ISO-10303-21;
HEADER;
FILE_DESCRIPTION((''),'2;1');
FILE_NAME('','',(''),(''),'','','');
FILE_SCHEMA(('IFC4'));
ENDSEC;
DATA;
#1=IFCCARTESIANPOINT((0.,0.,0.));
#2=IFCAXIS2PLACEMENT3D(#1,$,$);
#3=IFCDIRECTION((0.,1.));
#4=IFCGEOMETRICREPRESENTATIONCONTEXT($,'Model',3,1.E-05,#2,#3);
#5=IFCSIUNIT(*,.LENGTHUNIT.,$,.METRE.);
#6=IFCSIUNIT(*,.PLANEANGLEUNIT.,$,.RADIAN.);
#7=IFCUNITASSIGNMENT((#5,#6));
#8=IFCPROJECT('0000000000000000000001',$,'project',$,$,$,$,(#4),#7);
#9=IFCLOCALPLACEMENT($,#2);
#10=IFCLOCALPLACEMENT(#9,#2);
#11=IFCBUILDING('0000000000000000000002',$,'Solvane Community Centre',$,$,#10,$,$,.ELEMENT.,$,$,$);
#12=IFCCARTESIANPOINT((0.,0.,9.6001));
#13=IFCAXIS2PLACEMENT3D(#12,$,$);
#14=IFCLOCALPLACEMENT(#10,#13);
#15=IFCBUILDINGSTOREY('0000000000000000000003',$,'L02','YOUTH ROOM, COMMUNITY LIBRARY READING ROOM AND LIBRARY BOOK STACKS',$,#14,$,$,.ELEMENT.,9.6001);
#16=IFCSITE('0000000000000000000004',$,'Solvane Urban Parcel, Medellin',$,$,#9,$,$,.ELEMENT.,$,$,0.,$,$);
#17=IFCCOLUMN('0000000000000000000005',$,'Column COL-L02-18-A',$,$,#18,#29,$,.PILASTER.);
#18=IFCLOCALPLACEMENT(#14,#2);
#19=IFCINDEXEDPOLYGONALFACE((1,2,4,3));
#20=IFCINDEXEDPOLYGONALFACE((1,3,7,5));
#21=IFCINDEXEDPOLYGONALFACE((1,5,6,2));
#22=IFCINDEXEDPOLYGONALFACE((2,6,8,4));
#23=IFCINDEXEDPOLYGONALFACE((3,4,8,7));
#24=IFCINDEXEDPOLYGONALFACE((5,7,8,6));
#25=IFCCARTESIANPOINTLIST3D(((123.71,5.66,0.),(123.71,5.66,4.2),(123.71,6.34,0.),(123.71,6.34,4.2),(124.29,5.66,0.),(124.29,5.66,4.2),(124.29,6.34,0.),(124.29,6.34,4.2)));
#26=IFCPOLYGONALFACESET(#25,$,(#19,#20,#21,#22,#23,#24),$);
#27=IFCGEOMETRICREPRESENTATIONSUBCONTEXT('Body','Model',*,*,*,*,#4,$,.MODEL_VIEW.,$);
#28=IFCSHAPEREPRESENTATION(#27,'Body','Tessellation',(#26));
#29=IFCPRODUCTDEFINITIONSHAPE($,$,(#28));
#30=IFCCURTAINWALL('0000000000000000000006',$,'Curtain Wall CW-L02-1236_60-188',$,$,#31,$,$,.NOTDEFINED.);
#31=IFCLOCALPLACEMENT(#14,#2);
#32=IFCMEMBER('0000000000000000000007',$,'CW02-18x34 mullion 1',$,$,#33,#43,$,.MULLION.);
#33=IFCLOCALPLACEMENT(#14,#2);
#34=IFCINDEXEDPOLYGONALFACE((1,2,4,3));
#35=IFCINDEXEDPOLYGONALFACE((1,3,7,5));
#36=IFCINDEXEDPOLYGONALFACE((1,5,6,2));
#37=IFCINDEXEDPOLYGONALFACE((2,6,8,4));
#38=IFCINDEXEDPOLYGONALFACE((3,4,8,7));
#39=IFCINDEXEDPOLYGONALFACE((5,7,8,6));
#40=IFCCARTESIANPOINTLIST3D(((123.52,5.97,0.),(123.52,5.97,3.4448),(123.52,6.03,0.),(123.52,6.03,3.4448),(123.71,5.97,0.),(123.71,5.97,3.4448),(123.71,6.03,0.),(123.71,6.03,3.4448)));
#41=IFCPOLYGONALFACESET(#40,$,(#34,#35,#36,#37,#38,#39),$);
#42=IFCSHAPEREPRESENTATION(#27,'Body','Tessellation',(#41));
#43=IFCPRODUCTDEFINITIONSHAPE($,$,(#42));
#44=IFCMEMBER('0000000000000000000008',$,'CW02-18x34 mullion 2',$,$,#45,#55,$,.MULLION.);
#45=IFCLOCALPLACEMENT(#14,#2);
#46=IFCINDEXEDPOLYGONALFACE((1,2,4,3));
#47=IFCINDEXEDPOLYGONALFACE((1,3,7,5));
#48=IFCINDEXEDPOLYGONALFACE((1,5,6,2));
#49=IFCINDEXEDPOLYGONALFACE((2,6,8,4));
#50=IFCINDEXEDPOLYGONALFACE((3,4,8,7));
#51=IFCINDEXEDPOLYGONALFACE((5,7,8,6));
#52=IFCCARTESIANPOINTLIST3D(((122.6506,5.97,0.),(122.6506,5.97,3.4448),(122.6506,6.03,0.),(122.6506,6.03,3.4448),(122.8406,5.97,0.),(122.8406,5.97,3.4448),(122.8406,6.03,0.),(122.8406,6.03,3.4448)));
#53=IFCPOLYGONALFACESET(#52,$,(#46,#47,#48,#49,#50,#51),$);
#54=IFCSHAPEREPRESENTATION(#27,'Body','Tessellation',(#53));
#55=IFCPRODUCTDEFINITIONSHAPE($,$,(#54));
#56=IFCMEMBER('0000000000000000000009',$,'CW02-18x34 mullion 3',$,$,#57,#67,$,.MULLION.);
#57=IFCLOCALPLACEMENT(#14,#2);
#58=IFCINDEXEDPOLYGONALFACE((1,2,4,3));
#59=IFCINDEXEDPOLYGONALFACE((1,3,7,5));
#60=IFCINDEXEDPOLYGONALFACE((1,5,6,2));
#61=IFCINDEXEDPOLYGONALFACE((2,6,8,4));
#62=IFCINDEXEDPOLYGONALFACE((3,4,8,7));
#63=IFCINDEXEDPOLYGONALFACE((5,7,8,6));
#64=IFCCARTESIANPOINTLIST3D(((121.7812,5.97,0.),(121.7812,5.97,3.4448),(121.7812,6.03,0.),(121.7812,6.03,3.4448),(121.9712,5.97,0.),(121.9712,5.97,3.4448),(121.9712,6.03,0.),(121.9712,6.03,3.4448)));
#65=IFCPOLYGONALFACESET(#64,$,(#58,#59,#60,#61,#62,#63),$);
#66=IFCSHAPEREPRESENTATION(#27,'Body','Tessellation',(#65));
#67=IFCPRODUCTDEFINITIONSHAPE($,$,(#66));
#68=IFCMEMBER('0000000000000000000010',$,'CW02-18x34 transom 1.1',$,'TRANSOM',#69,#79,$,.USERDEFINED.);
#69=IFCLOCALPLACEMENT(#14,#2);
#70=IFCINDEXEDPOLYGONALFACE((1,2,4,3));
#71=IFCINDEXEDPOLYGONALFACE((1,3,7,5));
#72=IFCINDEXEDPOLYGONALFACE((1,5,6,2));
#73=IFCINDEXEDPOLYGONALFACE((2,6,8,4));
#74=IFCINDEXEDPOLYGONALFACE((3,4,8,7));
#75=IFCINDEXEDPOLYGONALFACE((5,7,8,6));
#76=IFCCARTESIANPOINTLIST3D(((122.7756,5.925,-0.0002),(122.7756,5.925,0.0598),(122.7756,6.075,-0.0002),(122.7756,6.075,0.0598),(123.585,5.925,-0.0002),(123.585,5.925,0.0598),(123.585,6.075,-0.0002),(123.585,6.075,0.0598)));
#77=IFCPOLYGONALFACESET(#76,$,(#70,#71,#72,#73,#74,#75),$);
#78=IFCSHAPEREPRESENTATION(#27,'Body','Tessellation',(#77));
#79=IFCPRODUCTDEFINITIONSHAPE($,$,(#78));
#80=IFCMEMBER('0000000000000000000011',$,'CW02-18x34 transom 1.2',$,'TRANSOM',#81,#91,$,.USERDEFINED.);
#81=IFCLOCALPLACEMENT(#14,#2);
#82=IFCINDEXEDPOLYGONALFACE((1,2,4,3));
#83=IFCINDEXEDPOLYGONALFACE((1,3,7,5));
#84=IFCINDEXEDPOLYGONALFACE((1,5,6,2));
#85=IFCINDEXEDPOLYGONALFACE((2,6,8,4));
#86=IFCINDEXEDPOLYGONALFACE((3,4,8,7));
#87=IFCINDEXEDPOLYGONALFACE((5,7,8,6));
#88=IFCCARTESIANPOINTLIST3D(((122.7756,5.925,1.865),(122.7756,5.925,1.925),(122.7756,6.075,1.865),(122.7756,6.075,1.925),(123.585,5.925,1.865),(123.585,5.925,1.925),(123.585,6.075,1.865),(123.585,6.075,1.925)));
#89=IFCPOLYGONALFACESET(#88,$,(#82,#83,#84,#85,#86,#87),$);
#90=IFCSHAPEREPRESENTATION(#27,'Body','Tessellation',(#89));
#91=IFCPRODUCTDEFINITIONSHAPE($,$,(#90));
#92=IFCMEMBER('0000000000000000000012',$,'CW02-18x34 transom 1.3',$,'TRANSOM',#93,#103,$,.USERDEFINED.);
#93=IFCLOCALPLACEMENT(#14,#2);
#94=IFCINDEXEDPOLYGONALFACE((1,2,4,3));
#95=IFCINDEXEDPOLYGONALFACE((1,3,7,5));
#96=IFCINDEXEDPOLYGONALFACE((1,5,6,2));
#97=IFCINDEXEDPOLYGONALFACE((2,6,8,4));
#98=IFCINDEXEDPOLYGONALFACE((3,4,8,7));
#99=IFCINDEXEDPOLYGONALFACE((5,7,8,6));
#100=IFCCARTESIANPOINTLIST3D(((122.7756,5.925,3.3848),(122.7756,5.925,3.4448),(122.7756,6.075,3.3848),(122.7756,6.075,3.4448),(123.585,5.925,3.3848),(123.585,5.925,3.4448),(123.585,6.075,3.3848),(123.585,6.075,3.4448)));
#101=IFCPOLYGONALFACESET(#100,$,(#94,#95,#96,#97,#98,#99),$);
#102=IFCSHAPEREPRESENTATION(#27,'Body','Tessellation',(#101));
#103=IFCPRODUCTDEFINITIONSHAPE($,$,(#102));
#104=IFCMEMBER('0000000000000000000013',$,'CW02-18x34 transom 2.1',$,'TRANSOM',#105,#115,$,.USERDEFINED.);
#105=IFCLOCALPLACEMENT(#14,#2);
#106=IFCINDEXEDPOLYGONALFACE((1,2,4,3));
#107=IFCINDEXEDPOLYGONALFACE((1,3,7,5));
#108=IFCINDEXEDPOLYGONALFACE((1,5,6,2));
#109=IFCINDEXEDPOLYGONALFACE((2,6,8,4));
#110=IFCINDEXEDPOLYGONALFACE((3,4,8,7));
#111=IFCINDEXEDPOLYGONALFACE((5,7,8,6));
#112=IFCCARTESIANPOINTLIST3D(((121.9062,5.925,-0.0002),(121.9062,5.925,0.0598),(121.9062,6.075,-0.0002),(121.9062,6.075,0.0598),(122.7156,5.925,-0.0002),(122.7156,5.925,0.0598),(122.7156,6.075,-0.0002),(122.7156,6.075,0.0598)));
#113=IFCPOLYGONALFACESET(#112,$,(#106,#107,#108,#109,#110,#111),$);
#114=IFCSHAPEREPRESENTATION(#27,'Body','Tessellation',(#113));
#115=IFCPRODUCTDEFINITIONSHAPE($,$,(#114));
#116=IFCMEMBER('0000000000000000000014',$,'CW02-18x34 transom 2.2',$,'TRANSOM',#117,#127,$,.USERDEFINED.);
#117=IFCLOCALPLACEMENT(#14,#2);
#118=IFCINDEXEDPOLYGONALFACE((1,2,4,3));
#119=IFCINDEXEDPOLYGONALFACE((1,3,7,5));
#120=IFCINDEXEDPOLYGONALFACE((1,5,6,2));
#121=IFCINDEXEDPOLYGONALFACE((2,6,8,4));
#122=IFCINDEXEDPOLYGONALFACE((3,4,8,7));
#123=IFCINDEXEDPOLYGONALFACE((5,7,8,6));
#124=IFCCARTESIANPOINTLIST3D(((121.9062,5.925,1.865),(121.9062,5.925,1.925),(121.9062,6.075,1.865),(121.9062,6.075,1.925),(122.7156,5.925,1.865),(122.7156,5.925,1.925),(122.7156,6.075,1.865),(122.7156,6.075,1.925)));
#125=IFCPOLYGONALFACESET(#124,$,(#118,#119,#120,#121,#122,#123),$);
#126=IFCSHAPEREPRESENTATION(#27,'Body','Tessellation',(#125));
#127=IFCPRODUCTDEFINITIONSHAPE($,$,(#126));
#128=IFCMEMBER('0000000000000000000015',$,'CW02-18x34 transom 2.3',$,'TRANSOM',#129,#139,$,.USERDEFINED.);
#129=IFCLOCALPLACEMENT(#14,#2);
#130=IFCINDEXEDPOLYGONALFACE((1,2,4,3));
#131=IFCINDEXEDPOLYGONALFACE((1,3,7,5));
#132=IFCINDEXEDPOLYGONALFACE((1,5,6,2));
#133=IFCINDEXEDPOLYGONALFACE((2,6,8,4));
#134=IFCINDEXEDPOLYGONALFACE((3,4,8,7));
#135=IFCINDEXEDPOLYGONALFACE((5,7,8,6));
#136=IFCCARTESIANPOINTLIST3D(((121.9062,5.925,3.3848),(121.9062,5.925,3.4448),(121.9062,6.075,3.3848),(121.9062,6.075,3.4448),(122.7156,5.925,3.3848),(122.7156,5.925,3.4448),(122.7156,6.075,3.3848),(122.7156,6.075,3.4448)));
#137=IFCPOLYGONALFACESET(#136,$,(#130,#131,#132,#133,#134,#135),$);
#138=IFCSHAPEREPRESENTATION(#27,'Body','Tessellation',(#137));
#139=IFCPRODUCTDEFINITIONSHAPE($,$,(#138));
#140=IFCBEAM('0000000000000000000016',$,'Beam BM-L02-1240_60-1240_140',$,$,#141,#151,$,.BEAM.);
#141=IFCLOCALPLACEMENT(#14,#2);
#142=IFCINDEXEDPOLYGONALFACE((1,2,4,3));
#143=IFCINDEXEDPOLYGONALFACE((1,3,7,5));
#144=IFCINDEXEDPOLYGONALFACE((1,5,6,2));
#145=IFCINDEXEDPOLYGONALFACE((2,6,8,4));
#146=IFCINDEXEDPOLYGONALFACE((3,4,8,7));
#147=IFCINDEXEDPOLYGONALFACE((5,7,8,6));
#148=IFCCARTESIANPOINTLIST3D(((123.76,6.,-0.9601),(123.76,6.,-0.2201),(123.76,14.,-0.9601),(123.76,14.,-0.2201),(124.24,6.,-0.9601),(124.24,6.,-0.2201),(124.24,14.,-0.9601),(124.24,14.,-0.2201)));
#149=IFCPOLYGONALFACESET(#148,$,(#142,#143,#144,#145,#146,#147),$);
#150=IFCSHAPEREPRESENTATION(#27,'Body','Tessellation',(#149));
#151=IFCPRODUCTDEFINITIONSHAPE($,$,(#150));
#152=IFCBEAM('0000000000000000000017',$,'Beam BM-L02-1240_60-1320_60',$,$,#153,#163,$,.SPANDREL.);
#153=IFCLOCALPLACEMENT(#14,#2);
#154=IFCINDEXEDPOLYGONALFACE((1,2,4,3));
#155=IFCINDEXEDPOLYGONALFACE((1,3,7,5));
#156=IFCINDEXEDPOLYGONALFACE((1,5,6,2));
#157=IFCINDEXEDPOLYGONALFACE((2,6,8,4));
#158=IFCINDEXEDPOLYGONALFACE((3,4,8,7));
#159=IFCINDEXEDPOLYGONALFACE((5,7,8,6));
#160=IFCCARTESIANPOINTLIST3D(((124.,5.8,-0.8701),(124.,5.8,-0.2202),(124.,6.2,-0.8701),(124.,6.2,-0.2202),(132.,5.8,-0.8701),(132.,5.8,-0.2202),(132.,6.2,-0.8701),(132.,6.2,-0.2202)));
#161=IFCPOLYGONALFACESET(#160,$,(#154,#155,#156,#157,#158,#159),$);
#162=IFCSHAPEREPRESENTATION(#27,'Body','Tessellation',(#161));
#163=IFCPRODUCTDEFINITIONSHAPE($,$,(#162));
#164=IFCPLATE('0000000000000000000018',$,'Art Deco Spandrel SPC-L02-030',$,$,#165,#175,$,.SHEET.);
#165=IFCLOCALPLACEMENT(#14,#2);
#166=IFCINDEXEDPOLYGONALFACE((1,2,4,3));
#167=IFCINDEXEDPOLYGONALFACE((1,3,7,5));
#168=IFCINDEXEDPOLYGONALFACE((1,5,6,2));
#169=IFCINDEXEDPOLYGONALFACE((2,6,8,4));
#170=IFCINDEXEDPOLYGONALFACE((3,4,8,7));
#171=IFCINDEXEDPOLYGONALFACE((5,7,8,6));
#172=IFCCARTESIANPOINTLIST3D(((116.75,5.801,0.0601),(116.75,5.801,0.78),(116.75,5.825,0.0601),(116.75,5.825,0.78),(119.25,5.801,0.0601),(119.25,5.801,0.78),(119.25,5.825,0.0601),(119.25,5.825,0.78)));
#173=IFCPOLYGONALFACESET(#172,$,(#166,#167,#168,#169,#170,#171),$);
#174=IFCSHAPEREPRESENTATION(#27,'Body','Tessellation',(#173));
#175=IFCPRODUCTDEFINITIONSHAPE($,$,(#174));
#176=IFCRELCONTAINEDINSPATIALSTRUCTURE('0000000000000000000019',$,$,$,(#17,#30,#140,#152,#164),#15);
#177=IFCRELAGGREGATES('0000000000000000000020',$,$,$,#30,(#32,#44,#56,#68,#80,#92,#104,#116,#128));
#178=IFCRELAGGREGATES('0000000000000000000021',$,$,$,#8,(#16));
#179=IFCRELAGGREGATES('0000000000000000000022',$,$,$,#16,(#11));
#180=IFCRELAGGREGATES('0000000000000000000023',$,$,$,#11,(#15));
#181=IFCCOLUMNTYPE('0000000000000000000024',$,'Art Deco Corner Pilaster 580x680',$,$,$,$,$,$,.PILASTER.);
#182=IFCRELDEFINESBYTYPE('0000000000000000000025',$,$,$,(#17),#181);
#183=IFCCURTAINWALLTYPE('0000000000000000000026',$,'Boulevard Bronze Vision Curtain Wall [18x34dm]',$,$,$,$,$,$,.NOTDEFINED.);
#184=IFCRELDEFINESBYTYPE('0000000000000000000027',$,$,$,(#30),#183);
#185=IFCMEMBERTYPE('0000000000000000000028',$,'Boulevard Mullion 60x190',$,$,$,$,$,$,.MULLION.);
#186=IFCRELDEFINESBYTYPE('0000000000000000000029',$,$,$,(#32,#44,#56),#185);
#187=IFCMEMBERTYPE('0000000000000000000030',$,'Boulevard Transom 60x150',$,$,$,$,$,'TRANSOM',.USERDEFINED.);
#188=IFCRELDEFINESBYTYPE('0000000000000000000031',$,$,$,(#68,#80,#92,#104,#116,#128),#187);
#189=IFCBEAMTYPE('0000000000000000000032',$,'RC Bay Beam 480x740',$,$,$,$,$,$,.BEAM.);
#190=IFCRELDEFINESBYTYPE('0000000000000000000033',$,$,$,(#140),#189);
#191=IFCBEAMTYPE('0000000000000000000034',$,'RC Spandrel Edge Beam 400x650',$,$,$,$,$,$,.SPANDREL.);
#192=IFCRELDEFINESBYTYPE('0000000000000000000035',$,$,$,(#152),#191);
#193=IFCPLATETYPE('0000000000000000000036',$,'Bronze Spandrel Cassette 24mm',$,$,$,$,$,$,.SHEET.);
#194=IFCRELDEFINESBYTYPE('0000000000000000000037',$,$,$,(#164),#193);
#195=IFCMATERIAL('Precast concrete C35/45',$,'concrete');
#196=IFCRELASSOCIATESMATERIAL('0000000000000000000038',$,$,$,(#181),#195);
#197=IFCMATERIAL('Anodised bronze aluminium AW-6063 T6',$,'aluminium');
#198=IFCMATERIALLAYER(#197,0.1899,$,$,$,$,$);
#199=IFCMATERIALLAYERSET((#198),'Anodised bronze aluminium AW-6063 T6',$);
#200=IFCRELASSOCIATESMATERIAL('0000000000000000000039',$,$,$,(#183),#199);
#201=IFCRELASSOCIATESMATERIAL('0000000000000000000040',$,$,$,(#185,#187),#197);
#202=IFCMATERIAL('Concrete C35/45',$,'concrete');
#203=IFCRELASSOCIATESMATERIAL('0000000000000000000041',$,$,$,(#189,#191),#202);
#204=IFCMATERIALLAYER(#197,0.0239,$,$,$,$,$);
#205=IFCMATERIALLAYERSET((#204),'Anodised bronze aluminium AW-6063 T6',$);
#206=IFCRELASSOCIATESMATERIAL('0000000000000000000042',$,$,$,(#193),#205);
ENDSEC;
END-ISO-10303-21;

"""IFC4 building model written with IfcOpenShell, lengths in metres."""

from ifc_helpers import new_model, si_unit, direction, frame, origin, origin_2d, place, context, subcontext, project, spatial, rectangle, extrude, material, layer, layer_set, material_profile, profile_set, type_object, element, aggregate, save


model = new_model("IFC4")

# Units and contexts
model_context = context("Model", 3, precision=1e-05, world=origin(), true_north=direction((0.0, 1.0)))
body_context = subcontext(model_context, "Body", "Model", "MODEL_VIEW")
ifc_project = project(units=[si_unit("LENGTHUNIT", "METRE"), si_unit("PLANEANGLEUNIT", "RADIAN")], contexts=[model_context])

# Site, building, storey
site_placement = place(None, origin())
site = spatial("IfcSite", under=ifc_project, at=site_placement, Name="Solvane Urban Parcel, Medellin", CompositionType="ELEMENT", RefElevation=0.0)
building_placement = place(site_placement, origin())
building = spatial("IfcBuilding", under=site, at=building_placement, Name="Solvane Community Centre", CompositionType="ELEMENT")
storey_placement = place(building_placement, frame((0.0, 0.0, 9.6001)))
storey = spatial("IfcBuildingStorey", under=building, at=storey_placement, Name="L02", Description="YOUTH ROOM, COMMUNITY LIBRARY READING ROOM AND LIBRARY BOOK STACKS", CompositionType="ELEMENT", Elevation=9.6001)

# Column
ifc_material_1 = material(Name="Precast concrete C35/45", Category="concrete")
ifc_material_profile_1 = material_profile(ifc_material_1, rectangle(XDim=0.5801, YDim=0.6799, at=origin_2d()), Name="RC 580x680")
ifc_profile_set_1 = profile_set([ifc_material_profile_1], Name="Precast concrete C35/45")
column_type = type_object("IfcColumnType", Name="Art Deco Corner Pilaster 580x680", PredefinedType="PILASTER", material=ifc_profile_set_1)
column_placement = place(storey_placement, frame((124.0, 6.0, 0.0), z_axis=(0.0, 0.0, 1.0), x_axis=(1.0, 0.0, 0.0)))
element("IfcColumn", 1, at=column_placement, inside=storey, type_object=column_type, Name="Column COL-L02-18-A", PredefinedType="PILASTER", context=body_context, shape_type="SweptSolid", body=[
    extrude(rectangle(XDim=0.5801, YDim=0.6799, at=origin_2d()), origin(), (0.0, 0.0, 1.0), 4.2),
])

# Curtain wall, members
ifc_material_2 = material(Name="Anodised bronze aluminium AW-6063 T6", Category="aluminium")
ifc_layer_1 = layer(ifc_material_2, 0.1899)
ifc_layer_set_1 = layer_set([ifc_layer_1], Name="Anodised bronze aluminium AW-6063 T6")
curtain_wall_type = type_object("IfcCurtainWallType", Name="Boulevard Bronze Vision Curtain Wall [18x34dm]", PredefinedType="NOTDEFINED", material=ifc_layer_set_1)
curtain_wall_placement = place(storey_placement, origin())
curtain_wall = element("IfcCurtainWall", 2, at=curtain_wall_placement, inside=storey, type_object=curtain_wall_type, Name="Curtain Wall CW-L02-1236_60-188", PredefinedType="NOTDEFINED")
ifc_material_profile_2 = material_profile(ifc_material_2, rectangle(XDim=0.0601, YDim=0.1899, at=origin_2d()), Name="CW-M 60x190")
ifc_profile_set_2 = profile_set([ifc_material_profile_2], Name="Anodised bronze aluminium AW-6063 T6")
member_type_1 = type_object("IfcMemberType", Name="Boulevard Mullion 60x190", PredefinedType="MULLION", material=ifc_profile_set_2)
member_1_placement = place(storey_placement, frame((123.615, 6.0, 0.0), z_axis=(0.0, 0.0, 1.0), x_axis=(0.0, -1.0, 0.0)))
member_1 = element("IfcMember", 3, at=member_1_placement, type_object=member_type_1, Name="CW02-18x34 mullion 1", PredefinedType="MULLION", context=body_context, shape_type="SweptSolid", body=[
    extrude(rectangle(XDim=0.0601, YDim=0.1899, at=origin_2d()), origin(), (0.0, 0.0, 1.0), 3.4448),
])
member_2_placement = place(storey_placement, frame((122.7456, 6.0, 0.0), z_axis=(0.0, 0.0, 1.0), x_axis=(0.0, -1.0, 0.0)))
member_2 = element("IfcMember", 4, at=member_2_placement, type_object=member_type_1, Name="CW02-18x34 mullion 2", PredefinedType="MULLION", context=body_context, shape_type="SweptSolid", body=[
    extrude(rectangle(XDim=0.0601, YDim=0.1899, at=origin_2d()), origin(), (0.0, 0.0, 1.0), 3.4448),
])
member_3_placement = place(storey_placement, frame((121.8762, 6.0, 0.0), z_axis=(0.0, 0.0, 1.0), x_axis=(0.0, -1.0, 0.0)))
member_3 = element("IfcMember", 5, at=member_3_placement, type_object=member_type_1, Name="CW02-18x34 mullion 3", PredefinedType="MULLION", context=body_context, shape_type="SweptSolid", body=[
    extrude(rectangle(XDim=0.0601, YDim=0.1899, at=origin_2d()), origin(), (0.0, 0.0, 1.0), 3.4448),
])
ifc_material_profile_3 = material_profile(ifc_material_2, rectangle(XDim=0.1499, YDim=0.0601, at=origin_2d()), Name="CW-T 60x150")
ifc_profile_set_3 = profile_set([ifc_material_profile_3], Name="Anodised bronze aluminium AW-6063 T6")
member_type_2 = type_object("IfcMemberType", Name="Boulevard Transom 60x150", ElementType="TRANSOM", PredefinedType="USERDEFINED", material=ifc_profile_set_3)
member_4_placement = place(storey_placement, frame((123.585, 6.0, 0.0298), z_axis=(-1.0, 0.0, 0.0), x_axis=(0.0, -1.0, 0.0)))
member_4 = element("IfcMember", 6, at=member_4_placement, type_object=member_type_2, Name="CW02-18x34 transom 1.1", ObjectType="TRANSOM", PredefinedType="USERDEFINED", context=body_context, shape_type="SweptSolid", body=[
    extrude(rectangle(XDim=0.1499, YDim=0.0601, at=origin_2d()), origin(), (0.0, 0.0, 1.0), 0.8093),
])
member_5_placement = place(storey_placement, frame((123.585, 6.0, 1.895), z_axis=(-1.0, 0.0, 0.0), x_axis=(0.0, -1.0, 0.0)))
member_5 = element("IfcMember", 7, at=member_5_placement, type_object=member_type_2, Name="CW02-18x34 transom 1.2", ObjectType="TRANSOM", PredefinedType="USERDEFINED", context=body_context, shape_type="SweptSolid", body=[
    extrude(rectangle(XDim=0.1499, YDim=0.0601, at=origin_2d()), origin(), (0.0, 0.0, 1.0), 0.8093),
])
member_6_placement = place(storey_placement, frame((123.585, 6.0, 3.4148), z_axis=(-1.0, 0.0, 0.0), x_axis=(0.0, -1.0, 0.0)))
member_6 = element("IfcMember", 8, at=member_6_placement, type_object=member_type_2, Name="CW02-18x34 transom 1.3", ObjectType="TRANSOM", PredefinedType="USERDEFINED", context=body_context, shape_type="SweptSolid", body=[
    extrude(rectangle(XDim=0.1499, YDim=0.0601, at=origin_2d()), origin(), (0.0, 0.0, 1.0), 0.8093),
])
member_7_placement = place(storey_placement, frame((122.7156, 6.0, 0.0298), z_axis=(-1.0, 0.0, 0.0), x_axis=(0.0, -1.0, 0.0)))
member_7 = element("IfcMember", 9, at=member_7_placement, type_object=member_type_2, Name="CW02-18x34 transom 2.1", ObjectType="TRANSOM", PredefinedType="USERDEFINED", context=body_context, shape_type="SweptSolid", body=[
    extrude(rectangle(XDim=0.1499, YDim=0.0601, at=origin_2d()), origin(), (0.0, 0.0, 1.0), 0.8093),
])
member_8_placement = place(storey_placement, frame((122.7156, 6.0, 1.895), z_axis=(-1.0, 0.0, 0.0), x_axis=(0.0, -1.0, 0.0)))
member_8 = element("IfcMember", 10, at=member_8_placement, type_object=member_type_2, Name="CW02-18x34 transom 2.2", ObjectType="TRANSOM", PredefinedType="USERDEFINED", context=body_context, shape_type="SweptSolid", body=[
    extrude(rectangle(XDim=0.1499, YDim=0.0601, at=origin_2d()), origin(), (0.0, 0.0, 1.0), 0.8093),
])
member_9_placement = place(storey_placement, frame((122.7156, 6.0, 3.4148), z_axis=(-1.0, 0.0, 0.0), x_axis=(0.0, -1.0, 0.0)))
member_9 = element("IfcMember", 11, at=member_9_placement, type_object=member_type_2, Name="CW02-18x34 transom 2.3", ObjectType="TRANSOM", PredefinedType="USERDEFINED", context=body_context, shape_type="SweptSolid", body=[
    extrude(rectangle(XDim=0.1499, YDim=0.0601, at=origin_2d()), origin(), (0.0, 0.0, 1.0), 0.8093),
])

# Beams
ifc_material_3 = material(Name="Concrete C35/45", Category="concrete")
ifc_material_profile_4 = material_profile(ifc_material_3, rectangle(XDim=0.48, YDim=0.74, at=origin_2d()), Name="RC 480x740")
ifc_profile_set_4 = profile_set([ifc_material_profile_4], Name="Concrete C35/45")
beam_type_1 = type_object("IfcBeamType", Name="RC Bay Beam 480x740", PredefinedType="BEAM", material=ifc_profile_set_4)
beam_1_placement = place(storey_placement, frame((124.0, 6.0, -0.5901), z_axis=(0.0, 1.0, 0.0), x_axis=(-1.0, 0.0, 0.0)))
element("IfcBeam", 12, at=beam_1_placement, inside=storey, type_object=beam_type_1, Name="Beam BM-L02-1240_60-1240_140", PredefinedType="BEAM", context=body_context, shape_type="SweptSolid", body=[
    extrude(rectangle(XDim=0.48, YDim=0.74, at=origin_2d()), origin(), (0.0, 0.0, 1.0), 8.0),
])
ifc_material_profile_5 = material_profile(ifc_material_3, rectangle(XDim=0.3999, YDim=0.6499, at=origin_2d()), Name="RC 400x650")
ifc_profile_set_5 = profile_set([ifc_material_profile_5], Name="Concrete C35/45")
beam_type_2 = type_object("IfcBeamType", Name="RC Spandrel Edge Beam 400x650", PredefinedType="SPANDREL", material=ifc_profile_set_5)
beam_2_placement = place(storey_placement, frame((124.0, 6.0, -0.5452), z_axis=(1.0, 0.0, 0.0), x_axis=(0.0, 1.0, 0.0)))
element("IfcBeam", 13, at=beam_2_placement, inside=storey, type_object=beam_type_2, Name="Beam BM-L02-1240_60-1320_60", PredefinedType="SPANDREL", context=body_context, shape_type="SweptSolid", body=[
    extrude(rectangle(XDim=0.3999, YDim=0.6499, at=origin_2d()), origin(), (0.0, 0.0, 1.0), 8.0),
])

# Plate
ifc_layer_2 = layer(ifc_material_2, 0.0239)
ifc_layer_set_2 = layer_set([ifc_layer_2], Name="Anodised bronze aluminium AW-6063 T6")
plate_type_1 = type_object("IfcPlateType", Name="Bronze Spandrel Cassette 24mm", PredefinedType="SHEET", material=ifc_layer_set_2)
plate_1_placement = place(storey_placement, frame((118.0, 5.813, 0.0601), z_axis=(0.0, 0.0, 1.0), x_axis=(-1.0, 0.0, 0.0)))
element("IfcPlate", 14, at=plate_1_placement, inside=storey, type_object=plate_type_1, Name="Art Deco Spandrel SPC-L02-030", PredefinedType="SHEET", context=body_context, shape_type="SweptSolid", body=[
    extrude(rectangle(XDim=2.5, YDim=0.0239, at=origin_2d()), origin(), (0.0, 0.0, 1.0), 0.72),
])
aggregate(curtain_wall, [member_1, member_2, member_3, member_4, member_5, member_6, member_7, member_8, member_9])

save(model, "model.ifc")
